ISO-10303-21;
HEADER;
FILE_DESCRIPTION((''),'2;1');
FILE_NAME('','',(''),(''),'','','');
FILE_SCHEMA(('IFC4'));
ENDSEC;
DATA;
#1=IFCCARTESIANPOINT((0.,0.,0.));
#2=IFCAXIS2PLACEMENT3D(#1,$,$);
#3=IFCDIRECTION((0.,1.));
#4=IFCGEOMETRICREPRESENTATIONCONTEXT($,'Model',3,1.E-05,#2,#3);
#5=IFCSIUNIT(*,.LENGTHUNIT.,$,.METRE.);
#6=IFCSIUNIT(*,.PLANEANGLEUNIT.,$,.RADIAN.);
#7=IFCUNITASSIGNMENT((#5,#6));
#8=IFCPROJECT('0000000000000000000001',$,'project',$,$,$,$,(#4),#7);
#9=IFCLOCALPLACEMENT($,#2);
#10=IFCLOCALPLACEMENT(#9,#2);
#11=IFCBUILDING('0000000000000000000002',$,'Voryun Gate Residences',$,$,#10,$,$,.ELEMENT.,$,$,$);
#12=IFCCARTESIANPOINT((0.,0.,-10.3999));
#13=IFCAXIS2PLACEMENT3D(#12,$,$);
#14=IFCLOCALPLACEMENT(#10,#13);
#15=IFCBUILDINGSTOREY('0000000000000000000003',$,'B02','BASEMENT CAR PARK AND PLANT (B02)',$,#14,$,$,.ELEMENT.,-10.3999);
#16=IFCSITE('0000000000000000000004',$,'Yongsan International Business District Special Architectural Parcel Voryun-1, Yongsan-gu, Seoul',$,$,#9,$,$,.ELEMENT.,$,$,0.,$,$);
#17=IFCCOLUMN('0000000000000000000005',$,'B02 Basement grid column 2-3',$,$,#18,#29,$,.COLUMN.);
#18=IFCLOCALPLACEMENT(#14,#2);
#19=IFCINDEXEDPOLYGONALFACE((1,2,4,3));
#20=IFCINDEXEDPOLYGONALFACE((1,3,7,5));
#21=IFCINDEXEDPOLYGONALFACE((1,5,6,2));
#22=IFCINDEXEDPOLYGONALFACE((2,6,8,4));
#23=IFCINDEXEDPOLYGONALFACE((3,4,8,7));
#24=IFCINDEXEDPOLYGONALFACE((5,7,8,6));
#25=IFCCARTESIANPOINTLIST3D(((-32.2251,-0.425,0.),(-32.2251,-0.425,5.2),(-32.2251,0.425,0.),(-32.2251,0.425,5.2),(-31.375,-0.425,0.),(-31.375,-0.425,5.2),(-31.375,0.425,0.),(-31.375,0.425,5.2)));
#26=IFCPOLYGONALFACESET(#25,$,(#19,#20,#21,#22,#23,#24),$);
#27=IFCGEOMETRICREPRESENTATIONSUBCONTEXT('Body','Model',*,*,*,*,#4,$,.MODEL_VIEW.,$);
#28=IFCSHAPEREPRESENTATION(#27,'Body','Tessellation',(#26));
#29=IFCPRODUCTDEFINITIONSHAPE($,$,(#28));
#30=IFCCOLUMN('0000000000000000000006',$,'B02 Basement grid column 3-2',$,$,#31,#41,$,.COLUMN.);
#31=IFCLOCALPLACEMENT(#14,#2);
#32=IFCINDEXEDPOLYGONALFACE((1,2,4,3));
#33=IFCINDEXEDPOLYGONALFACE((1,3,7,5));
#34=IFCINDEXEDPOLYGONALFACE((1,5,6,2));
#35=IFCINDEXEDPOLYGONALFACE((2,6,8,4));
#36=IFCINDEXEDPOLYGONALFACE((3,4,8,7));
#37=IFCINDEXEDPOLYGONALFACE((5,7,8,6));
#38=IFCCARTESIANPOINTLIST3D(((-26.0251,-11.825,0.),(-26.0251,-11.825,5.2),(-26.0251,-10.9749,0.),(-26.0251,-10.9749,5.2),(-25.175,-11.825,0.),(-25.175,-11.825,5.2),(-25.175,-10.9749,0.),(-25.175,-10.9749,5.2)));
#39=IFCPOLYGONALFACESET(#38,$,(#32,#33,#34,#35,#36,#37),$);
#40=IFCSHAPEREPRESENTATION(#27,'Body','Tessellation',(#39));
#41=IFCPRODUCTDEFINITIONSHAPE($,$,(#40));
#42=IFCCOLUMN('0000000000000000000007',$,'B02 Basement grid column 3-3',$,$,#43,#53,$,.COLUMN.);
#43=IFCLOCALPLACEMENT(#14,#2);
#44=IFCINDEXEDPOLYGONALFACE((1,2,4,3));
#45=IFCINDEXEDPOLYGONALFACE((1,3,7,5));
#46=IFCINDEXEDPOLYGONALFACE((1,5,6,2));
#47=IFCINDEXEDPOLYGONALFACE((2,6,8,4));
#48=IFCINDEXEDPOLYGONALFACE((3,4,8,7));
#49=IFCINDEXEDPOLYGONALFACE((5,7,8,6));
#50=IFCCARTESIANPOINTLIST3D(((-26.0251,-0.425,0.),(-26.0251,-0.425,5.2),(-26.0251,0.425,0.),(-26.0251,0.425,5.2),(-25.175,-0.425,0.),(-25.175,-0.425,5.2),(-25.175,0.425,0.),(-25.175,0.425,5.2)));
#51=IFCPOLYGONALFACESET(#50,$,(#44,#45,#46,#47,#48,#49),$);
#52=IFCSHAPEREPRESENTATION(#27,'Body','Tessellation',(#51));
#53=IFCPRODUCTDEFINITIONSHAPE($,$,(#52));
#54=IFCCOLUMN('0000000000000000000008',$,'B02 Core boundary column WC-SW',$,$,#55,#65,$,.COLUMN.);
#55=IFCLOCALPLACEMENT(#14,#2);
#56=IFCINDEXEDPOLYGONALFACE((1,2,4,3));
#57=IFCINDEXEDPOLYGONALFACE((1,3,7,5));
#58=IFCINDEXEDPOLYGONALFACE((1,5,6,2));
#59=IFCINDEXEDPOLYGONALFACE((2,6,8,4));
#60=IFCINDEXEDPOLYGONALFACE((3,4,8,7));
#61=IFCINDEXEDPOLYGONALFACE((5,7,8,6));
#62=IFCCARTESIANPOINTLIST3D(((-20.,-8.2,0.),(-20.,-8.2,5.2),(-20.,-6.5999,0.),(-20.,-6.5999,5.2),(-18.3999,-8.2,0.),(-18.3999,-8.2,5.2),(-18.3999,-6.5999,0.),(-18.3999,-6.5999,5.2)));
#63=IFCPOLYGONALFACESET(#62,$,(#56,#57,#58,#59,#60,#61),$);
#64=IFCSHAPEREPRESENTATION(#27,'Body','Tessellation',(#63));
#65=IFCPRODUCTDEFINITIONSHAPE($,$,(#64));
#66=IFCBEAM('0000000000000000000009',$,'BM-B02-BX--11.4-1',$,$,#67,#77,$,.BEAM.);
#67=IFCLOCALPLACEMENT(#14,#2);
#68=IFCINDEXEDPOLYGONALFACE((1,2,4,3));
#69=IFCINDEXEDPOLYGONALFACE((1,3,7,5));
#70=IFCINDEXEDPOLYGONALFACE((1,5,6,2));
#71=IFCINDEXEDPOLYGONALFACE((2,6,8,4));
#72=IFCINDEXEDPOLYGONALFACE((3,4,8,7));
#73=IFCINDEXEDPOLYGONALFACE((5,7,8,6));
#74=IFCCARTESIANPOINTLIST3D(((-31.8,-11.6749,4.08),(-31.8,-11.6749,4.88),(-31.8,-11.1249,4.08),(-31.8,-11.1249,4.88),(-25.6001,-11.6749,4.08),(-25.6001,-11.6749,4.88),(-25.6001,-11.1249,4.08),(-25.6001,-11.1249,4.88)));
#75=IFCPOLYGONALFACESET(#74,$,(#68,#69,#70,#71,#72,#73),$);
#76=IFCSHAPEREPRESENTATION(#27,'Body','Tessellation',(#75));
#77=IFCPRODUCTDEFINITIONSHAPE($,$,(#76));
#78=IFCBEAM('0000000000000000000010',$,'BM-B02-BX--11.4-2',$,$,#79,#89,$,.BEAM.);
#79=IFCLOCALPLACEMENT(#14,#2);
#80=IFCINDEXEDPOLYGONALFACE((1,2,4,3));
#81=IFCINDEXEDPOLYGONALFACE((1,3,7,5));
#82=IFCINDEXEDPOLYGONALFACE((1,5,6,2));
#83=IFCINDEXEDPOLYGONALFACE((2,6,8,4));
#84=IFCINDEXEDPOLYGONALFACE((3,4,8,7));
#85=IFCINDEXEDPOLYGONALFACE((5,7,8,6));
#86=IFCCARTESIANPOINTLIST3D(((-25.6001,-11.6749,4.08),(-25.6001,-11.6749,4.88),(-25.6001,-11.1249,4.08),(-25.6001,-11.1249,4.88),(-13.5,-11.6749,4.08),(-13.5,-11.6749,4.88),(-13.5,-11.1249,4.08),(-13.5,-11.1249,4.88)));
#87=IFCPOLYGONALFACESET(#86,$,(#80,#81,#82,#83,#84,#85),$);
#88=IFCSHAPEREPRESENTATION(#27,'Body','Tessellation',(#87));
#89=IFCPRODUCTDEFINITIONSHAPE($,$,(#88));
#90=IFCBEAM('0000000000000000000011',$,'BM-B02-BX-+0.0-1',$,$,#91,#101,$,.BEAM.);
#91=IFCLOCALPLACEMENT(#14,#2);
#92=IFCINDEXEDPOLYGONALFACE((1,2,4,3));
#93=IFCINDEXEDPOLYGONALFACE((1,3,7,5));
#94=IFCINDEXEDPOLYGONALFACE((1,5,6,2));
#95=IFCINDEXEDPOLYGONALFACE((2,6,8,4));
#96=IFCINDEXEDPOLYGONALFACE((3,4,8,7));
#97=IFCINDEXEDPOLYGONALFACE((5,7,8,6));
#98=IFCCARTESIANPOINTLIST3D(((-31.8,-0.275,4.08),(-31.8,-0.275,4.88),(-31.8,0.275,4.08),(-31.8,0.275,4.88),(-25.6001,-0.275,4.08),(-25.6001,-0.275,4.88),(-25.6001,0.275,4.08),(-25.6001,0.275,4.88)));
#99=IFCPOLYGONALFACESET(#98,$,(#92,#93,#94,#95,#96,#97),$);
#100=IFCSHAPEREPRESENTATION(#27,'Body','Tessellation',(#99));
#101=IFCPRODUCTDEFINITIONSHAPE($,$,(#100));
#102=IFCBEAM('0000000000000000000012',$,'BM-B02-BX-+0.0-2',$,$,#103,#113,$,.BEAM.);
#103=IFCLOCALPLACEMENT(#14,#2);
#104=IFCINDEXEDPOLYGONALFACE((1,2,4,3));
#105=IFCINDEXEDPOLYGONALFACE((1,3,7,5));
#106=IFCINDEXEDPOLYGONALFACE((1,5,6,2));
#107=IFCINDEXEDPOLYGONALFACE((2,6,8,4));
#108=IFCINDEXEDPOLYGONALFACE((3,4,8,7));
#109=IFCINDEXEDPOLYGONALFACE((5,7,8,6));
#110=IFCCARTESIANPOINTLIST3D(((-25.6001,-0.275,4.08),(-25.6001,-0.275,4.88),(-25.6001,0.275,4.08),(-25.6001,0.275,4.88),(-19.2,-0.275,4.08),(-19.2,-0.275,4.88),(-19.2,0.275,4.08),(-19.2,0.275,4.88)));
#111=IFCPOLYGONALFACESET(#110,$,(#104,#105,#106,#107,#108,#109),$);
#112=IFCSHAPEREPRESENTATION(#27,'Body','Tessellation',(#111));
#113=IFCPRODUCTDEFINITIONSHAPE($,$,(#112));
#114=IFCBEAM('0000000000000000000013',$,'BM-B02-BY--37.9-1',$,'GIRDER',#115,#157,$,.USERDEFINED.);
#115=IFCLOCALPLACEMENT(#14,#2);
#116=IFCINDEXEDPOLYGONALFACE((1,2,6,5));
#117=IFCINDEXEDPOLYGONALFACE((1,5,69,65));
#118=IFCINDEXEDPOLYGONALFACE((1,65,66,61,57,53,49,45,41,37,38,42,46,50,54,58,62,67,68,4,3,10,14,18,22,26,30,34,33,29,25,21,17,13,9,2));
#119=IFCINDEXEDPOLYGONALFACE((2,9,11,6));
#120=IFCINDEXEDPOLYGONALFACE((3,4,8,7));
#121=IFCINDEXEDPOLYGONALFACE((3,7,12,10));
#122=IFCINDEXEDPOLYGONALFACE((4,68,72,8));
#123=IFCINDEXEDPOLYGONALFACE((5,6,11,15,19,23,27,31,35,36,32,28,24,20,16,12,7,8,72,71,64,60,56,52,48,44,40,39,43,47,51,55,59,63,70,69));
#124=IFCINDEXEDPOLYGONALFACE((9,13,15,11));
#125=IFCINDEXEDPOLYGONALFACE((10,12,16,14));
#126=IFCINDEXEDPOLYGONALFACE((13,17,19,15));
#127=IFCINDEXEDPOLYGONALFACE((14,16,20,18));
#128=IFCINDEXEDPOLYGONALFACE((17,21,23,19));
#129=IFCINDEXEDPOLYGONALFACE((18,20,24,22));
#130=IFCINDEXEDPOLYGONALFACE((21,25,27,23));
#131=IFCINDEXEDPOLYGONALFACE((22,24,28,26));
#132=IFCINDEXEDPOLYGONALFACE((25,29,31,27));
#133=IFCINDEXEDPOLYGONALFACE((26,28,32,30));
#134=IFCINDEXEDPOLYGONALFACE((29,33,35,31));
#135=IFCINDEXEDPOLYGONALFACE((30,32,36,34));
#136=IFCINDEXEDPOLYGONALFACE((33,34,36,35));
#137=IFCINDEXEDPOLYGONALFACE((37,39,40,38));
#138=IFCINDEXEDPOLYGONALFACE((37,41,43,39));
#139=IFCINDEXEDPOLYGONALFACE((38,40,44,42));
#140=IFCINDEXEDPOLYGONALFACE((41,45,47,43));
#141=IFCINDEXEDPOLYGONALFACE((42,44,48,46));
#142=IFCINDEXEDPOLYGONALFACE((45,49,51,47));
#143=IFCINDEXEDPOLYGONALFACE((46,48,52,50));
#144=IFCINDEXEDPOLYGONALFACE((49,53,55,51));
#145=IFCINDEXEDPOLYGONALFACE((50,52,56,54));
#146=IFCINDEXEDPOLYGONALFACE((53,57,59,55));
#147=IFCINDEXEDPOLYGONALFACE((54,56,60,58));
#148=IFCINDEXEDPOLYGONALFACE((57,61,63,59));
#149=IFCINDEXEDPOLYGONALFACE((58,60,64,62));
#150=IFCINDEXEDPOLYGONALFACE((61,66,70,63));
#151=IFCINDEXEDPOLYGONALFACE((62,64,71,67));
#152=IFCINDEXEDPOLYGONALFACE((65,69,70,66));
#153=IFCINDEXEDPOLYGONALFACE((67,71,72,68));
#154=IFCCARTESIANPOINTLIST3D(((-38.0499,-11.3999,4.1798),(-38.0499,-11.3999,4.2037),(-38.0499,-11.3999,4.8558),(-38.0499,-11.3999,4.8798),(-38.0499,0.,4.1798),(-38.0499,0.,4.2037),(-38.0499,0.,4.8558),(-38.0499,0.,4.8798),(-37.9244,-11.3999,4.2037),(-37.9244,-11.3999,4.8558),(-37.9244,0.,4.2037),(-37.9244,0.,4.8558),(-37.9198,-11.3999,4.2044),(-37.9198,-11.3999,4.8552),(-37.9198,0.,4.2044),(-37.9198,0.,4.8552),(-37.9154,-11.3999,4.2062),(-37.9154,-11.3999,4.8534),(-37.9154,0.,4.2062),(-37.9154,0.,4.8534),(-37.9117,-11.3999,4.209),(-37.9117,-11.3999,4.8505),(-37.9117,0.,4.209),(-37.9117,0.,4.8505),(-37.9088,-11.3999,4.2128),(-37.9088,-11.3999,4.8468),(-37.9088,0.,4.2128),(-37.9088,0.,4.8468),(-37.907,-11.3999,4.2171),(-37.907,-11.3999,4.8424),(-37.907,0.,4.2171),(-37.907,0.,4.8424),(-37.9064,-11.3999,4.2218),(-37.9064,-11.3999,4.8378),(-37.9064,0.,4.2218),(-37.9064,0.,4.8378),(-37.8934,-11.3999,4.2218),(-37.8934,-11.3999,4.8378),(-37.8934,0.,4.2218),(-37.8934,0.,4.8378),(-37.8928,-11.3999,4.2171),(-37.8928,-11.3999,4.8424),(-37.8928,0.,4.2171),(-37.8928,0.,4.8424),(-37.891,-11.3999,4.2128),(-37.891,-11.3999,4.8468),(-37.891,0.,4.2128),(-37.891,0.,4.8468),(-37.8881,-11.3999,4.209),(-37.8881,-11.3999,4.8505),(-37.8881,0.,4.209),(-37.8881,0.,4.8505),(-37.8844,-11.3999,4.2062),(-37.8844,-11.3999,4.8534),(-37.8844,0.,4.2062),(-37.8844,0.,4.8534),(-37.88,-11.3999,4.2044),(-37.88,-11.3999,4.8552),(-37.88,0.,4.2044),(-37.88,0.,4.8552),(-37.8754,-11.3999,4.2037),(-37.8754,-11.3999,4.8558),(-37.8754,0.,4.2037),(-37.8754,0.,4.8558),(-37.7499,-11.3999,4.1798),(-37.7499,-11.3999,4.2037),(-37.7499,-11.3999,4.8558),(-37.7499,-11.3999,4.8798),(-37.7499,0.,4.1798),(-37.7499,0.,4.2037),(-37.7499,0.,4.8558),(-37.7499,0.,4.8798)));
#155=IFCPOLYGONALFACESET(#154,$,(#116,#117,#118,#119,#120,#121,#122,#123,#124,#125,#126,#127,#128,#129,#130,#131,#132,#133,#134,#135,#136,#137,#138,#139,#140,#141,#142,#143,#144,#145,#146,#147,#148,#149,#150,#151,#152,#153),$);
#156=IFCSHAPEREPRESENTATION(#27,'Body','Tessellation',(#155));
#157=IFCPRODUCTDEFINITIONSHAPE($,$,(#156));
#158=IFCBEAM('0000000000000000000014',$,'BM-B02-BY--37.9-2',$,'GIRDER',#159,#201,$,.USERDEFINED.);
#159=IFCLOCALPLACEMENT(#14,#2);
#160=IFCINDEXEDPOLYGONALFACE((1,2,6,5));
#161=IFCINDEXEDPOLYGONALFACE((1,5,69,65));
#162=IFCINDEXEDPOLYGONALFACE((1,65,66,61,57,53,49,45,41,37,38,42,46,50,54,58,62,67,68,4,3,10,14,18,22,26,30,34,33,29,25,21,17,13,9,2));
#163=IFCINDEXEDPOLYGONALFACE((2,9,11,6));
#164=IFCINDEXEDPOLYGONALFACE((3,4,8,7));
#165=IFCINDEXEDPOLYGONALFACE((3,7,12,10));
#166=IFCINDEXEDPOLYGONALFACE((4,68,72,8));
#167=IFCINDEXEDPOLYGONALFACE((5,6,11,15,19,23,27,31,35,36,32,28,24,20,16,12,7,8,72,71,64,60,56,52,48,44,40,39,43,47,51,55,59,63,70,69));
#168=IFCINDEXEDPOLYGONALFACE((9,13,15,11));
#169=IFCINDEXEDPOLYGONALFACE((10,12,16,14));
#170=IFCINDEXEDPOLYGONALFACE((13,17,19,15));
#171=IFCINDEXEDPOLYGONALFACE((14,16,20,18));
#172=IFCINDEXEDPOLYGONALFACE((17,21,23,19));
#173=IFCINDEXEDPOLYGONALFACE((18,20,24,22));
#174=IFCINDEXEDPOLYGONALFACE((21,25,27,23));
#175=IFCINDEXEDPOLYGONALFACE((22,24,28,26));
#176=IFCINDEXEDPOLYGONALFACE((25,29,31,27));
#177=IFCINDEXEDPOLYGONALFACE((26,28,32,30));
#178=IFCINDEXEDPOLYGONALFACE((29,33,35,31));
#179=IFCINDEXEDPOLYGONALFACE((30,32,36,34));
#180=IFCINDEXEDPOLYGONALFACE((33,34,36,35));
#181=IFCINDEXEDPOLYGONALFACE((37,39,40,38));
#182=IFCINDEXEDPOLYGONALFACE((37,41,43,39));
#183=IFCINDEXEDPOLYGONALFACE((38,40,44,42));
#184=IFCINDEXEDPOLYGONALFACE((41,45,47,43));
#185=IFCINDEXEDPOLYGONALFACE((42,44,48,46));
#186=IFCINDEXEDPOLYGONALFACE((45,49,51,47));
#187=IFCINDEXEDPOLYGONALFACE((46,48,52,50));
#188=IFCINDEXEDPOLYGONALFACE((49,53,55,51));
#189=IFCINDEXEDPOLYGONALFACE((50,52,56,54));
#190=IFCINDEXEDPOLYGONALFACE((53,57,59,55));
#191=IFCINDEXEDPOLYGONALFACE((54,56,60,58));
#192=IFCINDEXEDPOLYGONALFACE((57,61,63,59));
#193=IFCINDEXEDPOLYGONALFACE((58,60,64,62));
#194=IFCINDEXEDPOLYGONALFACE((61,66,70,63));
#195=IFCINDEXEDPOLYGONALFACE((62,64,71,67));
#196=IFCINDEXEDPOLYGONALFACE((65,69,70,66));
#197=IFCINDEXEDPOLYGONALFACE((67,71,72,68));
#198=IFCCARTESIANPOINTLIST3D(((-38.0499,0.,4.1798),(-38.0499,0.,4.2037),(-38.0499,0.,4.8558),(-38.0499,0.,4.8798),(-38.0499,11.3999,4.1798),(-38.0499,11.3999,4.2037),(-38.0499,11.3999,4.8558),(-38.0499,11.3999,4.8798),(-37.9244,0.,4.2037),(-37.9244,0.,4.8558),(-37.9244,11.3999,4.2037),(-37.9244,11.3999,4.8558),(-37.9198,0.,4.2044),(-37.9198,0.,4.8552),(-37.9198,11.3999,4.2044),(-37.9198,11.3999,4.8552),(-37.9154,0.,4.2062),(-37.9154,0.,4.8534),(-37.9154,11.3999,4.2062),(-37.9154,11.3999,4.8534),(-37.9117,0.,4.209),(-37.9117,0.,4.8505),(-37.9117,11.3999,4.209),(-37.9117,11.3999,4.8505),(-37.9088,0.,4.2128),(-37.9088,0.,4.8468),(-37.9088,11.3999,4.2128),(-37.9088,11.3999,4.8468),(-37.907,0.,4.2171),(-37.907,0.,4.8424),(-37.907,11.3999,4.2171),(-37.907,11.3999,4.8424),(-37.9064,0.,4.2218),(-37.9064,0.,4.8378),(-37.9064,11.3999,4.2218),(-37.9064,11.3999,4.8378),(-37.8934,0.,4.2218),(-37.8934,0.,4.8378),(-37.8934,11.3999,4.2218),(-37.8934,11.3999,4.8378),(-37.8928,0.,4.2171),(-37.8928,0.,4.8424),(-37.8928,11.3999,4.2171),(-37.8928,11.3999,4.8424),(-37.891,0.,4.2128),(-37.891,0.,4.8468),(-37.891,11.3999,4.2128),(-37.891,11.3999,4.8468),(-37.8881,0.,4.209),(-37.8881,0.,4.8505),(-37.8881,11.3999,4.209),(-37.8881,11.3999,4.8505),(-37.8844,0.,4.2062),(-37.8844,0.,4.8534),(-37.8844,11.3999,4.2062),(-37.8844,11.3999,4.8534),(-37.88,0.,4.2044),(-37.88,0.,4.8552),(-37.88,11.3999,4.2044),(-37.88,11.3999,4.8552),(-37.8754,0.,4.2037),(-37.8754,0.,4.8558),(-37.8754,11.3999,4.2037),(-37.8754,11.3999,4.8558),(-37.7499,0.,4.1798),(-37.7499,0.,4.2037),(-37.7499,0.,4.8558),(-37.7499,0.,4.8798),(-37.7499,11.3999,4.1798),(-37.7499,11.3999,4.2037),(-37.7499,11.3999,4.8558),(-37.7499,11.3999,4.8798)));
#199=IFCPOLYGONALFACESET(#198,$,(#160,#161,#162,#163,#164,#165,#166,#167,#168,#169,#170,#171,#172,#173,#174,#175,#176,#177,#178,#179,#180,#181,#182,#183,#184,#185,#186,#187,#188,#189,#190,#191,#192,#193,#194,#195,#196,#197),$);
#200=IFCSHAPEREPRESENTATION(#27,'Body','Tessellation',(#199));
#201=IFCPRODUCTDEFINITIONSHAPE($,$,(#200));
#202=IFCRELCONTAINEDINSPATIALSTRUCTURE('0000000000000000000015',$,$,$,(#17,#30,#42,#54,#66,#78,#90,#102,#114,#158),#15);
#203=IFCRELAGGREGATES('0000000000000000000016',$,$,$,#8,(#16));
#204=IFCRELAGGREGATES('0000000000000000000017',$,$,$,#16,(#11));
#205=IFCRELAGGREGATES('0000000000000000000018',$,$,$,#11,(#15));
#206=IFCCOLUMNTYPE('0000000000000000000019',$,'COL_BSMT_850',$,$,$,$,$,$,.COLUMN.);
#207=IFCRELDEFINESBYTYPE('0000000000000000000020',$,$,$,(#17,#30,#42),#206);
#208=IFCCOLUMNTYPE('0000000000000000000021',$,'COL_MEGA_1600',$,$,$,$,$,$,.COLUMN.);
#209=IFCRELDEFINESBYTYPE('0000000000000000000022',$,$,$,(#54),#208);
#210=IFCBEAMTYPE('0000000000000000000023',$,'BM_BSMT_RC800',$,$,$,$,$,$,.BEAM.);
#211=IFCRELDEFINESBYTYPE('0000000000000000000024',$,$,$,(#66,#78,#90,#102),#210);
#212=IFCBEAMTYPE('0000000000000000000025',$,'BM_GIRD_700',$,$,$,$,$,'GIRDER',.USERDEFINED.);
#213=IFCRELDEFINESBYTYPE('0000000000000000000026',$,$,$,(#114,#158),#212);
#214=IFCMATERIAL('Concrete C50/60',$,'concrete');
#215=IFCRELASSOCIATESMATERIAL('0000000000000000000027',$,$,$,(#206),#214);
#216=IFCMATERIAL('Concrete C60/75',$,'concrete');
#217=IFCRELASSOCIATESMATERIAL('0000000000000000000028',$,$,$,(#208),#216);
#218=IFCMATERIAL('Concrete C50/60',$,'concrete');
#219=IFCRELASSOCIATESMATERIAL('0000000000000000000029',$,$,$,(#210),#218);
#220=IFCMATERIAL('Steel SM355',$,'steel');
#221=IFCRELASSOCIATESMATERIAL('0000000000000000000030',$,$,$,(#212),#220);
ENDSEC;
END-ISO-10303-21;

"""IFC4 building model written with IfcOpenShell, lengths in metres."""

from ifc_helpers import new_model, si_unit, direction, frame, origin, origin_2d, place, context, subcontext, project, spatial, rectangle, i_section, extrude, material, material_profile, profile_set, type_object, element, save


model = new_model("IFC4")

# Units and contexts
model_context = context("Model", 3, precision=1e-05, world=origin(), true_north=direction((0.0, 1.0)))
body_context = subcontext(model_context, "Body", "Model", "MODEL_VIEW")
ifc_project = project(units=[si_unit("LENGTHUNIT", "METRE"), si_unit("PLANEANGLEUNIT", "RADIAN")], contexts=[model_context])

# Site, building, storey
site_placement = place(None, origin())
site = spatial("IfcSite", under=ifc_project, at=site_placement, Name="Yongsan International Business District Special Architectural Parcel Voryun-1, Yongsan-gu, Seoul", CompositionType="ELEMENT", RefElevation=0.0)
building_placement = place(site_placement, origin())
building = spatial("IfcBuilding", under=site, at=building_placement, Name="Voryun Gate Residences", CompositionType="ELEMENT")
storey_placement = place(building_placement, frame((0.0, 0.0, -10.3999)))
storey = spatial("IfcBuildingStorey", under=building, at=storey_placement, Name="B02", Description="BASEMENT CAR PARK AND PLANT (B02)", CompositionType="ELEMENT", Elevation=-10.3999)

# Columns
ifc_material_1 = material(Name="Concrete C50/60", Category="concrete")
ifc_material_profile_1 = material_profile(ifc_material_1, rectangle(XDim=0.8501, YDim=0.8501, at=origin_2d()), Name="RC-850x850")
ifc_profile_set_1 = profile_set([ifc_material_profile_1], Name="Concrete C50/60")
column_type_1 = type_object("IfcColumnType", Name="COL_BSMT_850", PredefinedType="COLUMN", material=ifc_profile_set_1)
for number, where, z_axis, x_axis, name in (
    (1, (-31.8, 0.0, 0.0), (0.0, 0.0, 1.0), (1.0, 0.0, 0.0), "B02 Basement grid column 2-3"),
    (2, (-25.6001, -11.3999, 0.0), (0.0, 0.0, 1.0), (1.0, 0.0, 0.0), "B02 Basement grid column 3-2"),
    (3, (-25.6001, 0.0, 0.0), (0.0, 0.0, 1.0), (1.0, 0.0, 0.0), "B02 Basement grid column 3-3"),
):
    element("IfcColumn", number, at=place(storey_placement, frame(where, z_axis=z_axis, x_axis=x_axis)), inside=storey, type_object=column_type_1, Name=name, PredefinedType="COLUMN", context=body_context, shape_type="SweptSolid", body=[
        extrude(rectangle(XDim=0.8501, YDim=0.8501, at=origin_2d()), origin(), (0.0, 0.0, 1.0), 5.2),
    ])
ifc_material_2 = material(Name="Concrete C60/75", Category="concrete")
ifc_material_profile_2 = material_profile(ifc_material_2, rectangle(XDim=1.6001, YDim=1.6001, at=origin_2d()), Name="RC-1600x1600")
ifc_profile_set_2 = profile_set([ifc_material_profile_2], Name="Concrete C60/75")
column_type_2 = type_object("IfcColumnType", Name="COL_MEGA_1600", PredefinedType="COLUMN", material=ifc_profile_set_2)
column_placement = place(storey_placement, frame((-19.2, -7.3999, 0.0), z_axis=(0.0, 0.0, 1.0), x_axis=(1.0, 0.0, 0.0)))
element("IfcColumn", 4, at=column_placement, inside=storey, type_object=column_type_2, Name="B02 Core boundary column WC-SW", PredefinedType="COLUMN", context=body_context, shape_type="SweptSolid", body=[
    extrude(rectangle(XDim=1.6001, YDim=1.6001, at=origin_2d()), origin(), (0.0, 0.0, 1.0), 5.2),
])

# Beams
ifc_material_3 = material(Name="Concrete C50/60", Category="concrete")
ifc_material_profile_3 = material_profile(ifc_material_3, rectangle(XDim=0.55, YDim=0.8, at=origin_2d()), Name="RC-550x800")
ifc_profile_set_3 = profile_set([ifc_material_profile_3], Name="Concrete C50/60")
beam_type_1 = type_object("IfcBeamType", Name="BM_BSMT_RC800", PredefinedType="BEAM", material=ifc_profile_set_3)
beam_1_placement = place(storey_placement, frame((-31.8, -11.3999, 4.48), z_axis=(1.0, 0.0, 0.0), x_axis=(0.0, 1.0, 0.0)))
element("IfcBeam", 5, at=beam_1_placement, inside=storey, type_object=beam_type_1, Name="BM-B02-BX--11.4-1", PredefinedType="BEAM", context=body_context, shape_type="SweptSolid", body=[
    extrude(rectangle(XDim=0.55, YDim=0.8, at=origin_2d()), origin(), (0.0, 0.0, 1.0), 6.2),
])
beam_2_placement = place(storey_placement, frame((-25.6001, -11.3999, 4.48), z_axis=(1.0, 0.0, 0.0), x_axis=(0.0, 1.0, 0.0)))
element("IfcBeam", 6, at=beam_2_placement, inside=storey, type_object=beam_type_1, Name="BM-B02-BX--11.4-2", PredefinedType="BEAM", context=body_context, shape_type="SweptSolid", body=[
    extrude(rectangle(XDim=0.55, YDim=0.8, at=origin_2d()), origin(), (0.0, 0.0, 1.0), 12.1001),
])
beam_3_placement = place(storey_placement, frame((-31.8, 0.0, 4.48), z_axis=(1.0, 0.0, 0.0), x_axis=(0.0, 1.0, 0.0)))
element("IfcBeam", 7, at=beam_3_placement, inside=storey, type_object=beam_type_1, Name="BM-B02-BX-+0.0-1", PredefinedType="BEAM", context=body_context, shape_type="SweptSolid", body=[
    extrude(rectangle(XDim=0.55, YDim=0.8, at=origin_2d()), origin(), (0.0, 0.0, 1.0), 6.2),
])
beam_4_placement = place(storey_placement, frame((-25.6001, 0.0, 4.48), z_axis=(1.0, 0.0, 0.0), x_axis=(0.0, 1.0, 0.0)))
element("IfcBeam", 8, at=beam_4_placement, inside=storey, type_object=beam_type_1, Name="BM-B02-BX-+0.0-2", PredefinedType="BEAM", context=body_context, shape_type="SweptSolid", body=[
    extrude(rectangle(XDim=0.55, YDim=0.8, at=origin_2d()), origin(), (0.0, 0.0, 1.0), 6.4001),
])
ifc_material_4 = material(Name="Steel SM355", Category="steel")
ifc_material_profile_4 = material_profile(ifc_material_4, i_section(OverallWidth=0.3, OverallDepth=0.7, WebThickness=0.0129, FlangeThickness=0.0239, FilletRadius=0.0181, at=origin_2d()), Name="H-700x300x13x24")
ifc_profile_set_4 = profile_set([ifc_material_profile_4], Name="Steel SM355")
beam_type_2 = type_object("IfcBeamType", Name="BM_GIRD_700", ElementType="GIRDER", PredefinedType="USERDEFINED", material=ifc_profile_set_4)
for number, where, z_axis, x_axis, name in (
    (9, (-37.8999, -11.3999, 4.5298), (0.0, 1.0, 0.0), (-1.0, 0.0, 0.0), "BM-B02-BY--37.9-1"),
    (10, (-37.8999, 0.0, 4.5298), (0.0, 1.0, 0.0), (-1.0, 0.0, 0.0), "BM-B02-BY--37.9-2"),
):
    element("IfcBeam", number, at=place(storey_placement, frame(where, z_axis=z_axis, x_axis=x_axis)), inside=storey, type_object=beam_type_2, Name=name, ObjectType="GIRDER", PredefinedType="USERDEFINED", context=body_context, shape_type="SweptSolid", body=[
        extrude(i_section(OverallWidth=0.3, OverallDepth=0.7, WebThickness=0.0129, FlangeThickness=0.0239, FilletRadius=0.0181, at=origin_2d()), origin(), (0.0, 0.0, 1.0), 11.3999),
    ])

save(model, "model.ifc")
